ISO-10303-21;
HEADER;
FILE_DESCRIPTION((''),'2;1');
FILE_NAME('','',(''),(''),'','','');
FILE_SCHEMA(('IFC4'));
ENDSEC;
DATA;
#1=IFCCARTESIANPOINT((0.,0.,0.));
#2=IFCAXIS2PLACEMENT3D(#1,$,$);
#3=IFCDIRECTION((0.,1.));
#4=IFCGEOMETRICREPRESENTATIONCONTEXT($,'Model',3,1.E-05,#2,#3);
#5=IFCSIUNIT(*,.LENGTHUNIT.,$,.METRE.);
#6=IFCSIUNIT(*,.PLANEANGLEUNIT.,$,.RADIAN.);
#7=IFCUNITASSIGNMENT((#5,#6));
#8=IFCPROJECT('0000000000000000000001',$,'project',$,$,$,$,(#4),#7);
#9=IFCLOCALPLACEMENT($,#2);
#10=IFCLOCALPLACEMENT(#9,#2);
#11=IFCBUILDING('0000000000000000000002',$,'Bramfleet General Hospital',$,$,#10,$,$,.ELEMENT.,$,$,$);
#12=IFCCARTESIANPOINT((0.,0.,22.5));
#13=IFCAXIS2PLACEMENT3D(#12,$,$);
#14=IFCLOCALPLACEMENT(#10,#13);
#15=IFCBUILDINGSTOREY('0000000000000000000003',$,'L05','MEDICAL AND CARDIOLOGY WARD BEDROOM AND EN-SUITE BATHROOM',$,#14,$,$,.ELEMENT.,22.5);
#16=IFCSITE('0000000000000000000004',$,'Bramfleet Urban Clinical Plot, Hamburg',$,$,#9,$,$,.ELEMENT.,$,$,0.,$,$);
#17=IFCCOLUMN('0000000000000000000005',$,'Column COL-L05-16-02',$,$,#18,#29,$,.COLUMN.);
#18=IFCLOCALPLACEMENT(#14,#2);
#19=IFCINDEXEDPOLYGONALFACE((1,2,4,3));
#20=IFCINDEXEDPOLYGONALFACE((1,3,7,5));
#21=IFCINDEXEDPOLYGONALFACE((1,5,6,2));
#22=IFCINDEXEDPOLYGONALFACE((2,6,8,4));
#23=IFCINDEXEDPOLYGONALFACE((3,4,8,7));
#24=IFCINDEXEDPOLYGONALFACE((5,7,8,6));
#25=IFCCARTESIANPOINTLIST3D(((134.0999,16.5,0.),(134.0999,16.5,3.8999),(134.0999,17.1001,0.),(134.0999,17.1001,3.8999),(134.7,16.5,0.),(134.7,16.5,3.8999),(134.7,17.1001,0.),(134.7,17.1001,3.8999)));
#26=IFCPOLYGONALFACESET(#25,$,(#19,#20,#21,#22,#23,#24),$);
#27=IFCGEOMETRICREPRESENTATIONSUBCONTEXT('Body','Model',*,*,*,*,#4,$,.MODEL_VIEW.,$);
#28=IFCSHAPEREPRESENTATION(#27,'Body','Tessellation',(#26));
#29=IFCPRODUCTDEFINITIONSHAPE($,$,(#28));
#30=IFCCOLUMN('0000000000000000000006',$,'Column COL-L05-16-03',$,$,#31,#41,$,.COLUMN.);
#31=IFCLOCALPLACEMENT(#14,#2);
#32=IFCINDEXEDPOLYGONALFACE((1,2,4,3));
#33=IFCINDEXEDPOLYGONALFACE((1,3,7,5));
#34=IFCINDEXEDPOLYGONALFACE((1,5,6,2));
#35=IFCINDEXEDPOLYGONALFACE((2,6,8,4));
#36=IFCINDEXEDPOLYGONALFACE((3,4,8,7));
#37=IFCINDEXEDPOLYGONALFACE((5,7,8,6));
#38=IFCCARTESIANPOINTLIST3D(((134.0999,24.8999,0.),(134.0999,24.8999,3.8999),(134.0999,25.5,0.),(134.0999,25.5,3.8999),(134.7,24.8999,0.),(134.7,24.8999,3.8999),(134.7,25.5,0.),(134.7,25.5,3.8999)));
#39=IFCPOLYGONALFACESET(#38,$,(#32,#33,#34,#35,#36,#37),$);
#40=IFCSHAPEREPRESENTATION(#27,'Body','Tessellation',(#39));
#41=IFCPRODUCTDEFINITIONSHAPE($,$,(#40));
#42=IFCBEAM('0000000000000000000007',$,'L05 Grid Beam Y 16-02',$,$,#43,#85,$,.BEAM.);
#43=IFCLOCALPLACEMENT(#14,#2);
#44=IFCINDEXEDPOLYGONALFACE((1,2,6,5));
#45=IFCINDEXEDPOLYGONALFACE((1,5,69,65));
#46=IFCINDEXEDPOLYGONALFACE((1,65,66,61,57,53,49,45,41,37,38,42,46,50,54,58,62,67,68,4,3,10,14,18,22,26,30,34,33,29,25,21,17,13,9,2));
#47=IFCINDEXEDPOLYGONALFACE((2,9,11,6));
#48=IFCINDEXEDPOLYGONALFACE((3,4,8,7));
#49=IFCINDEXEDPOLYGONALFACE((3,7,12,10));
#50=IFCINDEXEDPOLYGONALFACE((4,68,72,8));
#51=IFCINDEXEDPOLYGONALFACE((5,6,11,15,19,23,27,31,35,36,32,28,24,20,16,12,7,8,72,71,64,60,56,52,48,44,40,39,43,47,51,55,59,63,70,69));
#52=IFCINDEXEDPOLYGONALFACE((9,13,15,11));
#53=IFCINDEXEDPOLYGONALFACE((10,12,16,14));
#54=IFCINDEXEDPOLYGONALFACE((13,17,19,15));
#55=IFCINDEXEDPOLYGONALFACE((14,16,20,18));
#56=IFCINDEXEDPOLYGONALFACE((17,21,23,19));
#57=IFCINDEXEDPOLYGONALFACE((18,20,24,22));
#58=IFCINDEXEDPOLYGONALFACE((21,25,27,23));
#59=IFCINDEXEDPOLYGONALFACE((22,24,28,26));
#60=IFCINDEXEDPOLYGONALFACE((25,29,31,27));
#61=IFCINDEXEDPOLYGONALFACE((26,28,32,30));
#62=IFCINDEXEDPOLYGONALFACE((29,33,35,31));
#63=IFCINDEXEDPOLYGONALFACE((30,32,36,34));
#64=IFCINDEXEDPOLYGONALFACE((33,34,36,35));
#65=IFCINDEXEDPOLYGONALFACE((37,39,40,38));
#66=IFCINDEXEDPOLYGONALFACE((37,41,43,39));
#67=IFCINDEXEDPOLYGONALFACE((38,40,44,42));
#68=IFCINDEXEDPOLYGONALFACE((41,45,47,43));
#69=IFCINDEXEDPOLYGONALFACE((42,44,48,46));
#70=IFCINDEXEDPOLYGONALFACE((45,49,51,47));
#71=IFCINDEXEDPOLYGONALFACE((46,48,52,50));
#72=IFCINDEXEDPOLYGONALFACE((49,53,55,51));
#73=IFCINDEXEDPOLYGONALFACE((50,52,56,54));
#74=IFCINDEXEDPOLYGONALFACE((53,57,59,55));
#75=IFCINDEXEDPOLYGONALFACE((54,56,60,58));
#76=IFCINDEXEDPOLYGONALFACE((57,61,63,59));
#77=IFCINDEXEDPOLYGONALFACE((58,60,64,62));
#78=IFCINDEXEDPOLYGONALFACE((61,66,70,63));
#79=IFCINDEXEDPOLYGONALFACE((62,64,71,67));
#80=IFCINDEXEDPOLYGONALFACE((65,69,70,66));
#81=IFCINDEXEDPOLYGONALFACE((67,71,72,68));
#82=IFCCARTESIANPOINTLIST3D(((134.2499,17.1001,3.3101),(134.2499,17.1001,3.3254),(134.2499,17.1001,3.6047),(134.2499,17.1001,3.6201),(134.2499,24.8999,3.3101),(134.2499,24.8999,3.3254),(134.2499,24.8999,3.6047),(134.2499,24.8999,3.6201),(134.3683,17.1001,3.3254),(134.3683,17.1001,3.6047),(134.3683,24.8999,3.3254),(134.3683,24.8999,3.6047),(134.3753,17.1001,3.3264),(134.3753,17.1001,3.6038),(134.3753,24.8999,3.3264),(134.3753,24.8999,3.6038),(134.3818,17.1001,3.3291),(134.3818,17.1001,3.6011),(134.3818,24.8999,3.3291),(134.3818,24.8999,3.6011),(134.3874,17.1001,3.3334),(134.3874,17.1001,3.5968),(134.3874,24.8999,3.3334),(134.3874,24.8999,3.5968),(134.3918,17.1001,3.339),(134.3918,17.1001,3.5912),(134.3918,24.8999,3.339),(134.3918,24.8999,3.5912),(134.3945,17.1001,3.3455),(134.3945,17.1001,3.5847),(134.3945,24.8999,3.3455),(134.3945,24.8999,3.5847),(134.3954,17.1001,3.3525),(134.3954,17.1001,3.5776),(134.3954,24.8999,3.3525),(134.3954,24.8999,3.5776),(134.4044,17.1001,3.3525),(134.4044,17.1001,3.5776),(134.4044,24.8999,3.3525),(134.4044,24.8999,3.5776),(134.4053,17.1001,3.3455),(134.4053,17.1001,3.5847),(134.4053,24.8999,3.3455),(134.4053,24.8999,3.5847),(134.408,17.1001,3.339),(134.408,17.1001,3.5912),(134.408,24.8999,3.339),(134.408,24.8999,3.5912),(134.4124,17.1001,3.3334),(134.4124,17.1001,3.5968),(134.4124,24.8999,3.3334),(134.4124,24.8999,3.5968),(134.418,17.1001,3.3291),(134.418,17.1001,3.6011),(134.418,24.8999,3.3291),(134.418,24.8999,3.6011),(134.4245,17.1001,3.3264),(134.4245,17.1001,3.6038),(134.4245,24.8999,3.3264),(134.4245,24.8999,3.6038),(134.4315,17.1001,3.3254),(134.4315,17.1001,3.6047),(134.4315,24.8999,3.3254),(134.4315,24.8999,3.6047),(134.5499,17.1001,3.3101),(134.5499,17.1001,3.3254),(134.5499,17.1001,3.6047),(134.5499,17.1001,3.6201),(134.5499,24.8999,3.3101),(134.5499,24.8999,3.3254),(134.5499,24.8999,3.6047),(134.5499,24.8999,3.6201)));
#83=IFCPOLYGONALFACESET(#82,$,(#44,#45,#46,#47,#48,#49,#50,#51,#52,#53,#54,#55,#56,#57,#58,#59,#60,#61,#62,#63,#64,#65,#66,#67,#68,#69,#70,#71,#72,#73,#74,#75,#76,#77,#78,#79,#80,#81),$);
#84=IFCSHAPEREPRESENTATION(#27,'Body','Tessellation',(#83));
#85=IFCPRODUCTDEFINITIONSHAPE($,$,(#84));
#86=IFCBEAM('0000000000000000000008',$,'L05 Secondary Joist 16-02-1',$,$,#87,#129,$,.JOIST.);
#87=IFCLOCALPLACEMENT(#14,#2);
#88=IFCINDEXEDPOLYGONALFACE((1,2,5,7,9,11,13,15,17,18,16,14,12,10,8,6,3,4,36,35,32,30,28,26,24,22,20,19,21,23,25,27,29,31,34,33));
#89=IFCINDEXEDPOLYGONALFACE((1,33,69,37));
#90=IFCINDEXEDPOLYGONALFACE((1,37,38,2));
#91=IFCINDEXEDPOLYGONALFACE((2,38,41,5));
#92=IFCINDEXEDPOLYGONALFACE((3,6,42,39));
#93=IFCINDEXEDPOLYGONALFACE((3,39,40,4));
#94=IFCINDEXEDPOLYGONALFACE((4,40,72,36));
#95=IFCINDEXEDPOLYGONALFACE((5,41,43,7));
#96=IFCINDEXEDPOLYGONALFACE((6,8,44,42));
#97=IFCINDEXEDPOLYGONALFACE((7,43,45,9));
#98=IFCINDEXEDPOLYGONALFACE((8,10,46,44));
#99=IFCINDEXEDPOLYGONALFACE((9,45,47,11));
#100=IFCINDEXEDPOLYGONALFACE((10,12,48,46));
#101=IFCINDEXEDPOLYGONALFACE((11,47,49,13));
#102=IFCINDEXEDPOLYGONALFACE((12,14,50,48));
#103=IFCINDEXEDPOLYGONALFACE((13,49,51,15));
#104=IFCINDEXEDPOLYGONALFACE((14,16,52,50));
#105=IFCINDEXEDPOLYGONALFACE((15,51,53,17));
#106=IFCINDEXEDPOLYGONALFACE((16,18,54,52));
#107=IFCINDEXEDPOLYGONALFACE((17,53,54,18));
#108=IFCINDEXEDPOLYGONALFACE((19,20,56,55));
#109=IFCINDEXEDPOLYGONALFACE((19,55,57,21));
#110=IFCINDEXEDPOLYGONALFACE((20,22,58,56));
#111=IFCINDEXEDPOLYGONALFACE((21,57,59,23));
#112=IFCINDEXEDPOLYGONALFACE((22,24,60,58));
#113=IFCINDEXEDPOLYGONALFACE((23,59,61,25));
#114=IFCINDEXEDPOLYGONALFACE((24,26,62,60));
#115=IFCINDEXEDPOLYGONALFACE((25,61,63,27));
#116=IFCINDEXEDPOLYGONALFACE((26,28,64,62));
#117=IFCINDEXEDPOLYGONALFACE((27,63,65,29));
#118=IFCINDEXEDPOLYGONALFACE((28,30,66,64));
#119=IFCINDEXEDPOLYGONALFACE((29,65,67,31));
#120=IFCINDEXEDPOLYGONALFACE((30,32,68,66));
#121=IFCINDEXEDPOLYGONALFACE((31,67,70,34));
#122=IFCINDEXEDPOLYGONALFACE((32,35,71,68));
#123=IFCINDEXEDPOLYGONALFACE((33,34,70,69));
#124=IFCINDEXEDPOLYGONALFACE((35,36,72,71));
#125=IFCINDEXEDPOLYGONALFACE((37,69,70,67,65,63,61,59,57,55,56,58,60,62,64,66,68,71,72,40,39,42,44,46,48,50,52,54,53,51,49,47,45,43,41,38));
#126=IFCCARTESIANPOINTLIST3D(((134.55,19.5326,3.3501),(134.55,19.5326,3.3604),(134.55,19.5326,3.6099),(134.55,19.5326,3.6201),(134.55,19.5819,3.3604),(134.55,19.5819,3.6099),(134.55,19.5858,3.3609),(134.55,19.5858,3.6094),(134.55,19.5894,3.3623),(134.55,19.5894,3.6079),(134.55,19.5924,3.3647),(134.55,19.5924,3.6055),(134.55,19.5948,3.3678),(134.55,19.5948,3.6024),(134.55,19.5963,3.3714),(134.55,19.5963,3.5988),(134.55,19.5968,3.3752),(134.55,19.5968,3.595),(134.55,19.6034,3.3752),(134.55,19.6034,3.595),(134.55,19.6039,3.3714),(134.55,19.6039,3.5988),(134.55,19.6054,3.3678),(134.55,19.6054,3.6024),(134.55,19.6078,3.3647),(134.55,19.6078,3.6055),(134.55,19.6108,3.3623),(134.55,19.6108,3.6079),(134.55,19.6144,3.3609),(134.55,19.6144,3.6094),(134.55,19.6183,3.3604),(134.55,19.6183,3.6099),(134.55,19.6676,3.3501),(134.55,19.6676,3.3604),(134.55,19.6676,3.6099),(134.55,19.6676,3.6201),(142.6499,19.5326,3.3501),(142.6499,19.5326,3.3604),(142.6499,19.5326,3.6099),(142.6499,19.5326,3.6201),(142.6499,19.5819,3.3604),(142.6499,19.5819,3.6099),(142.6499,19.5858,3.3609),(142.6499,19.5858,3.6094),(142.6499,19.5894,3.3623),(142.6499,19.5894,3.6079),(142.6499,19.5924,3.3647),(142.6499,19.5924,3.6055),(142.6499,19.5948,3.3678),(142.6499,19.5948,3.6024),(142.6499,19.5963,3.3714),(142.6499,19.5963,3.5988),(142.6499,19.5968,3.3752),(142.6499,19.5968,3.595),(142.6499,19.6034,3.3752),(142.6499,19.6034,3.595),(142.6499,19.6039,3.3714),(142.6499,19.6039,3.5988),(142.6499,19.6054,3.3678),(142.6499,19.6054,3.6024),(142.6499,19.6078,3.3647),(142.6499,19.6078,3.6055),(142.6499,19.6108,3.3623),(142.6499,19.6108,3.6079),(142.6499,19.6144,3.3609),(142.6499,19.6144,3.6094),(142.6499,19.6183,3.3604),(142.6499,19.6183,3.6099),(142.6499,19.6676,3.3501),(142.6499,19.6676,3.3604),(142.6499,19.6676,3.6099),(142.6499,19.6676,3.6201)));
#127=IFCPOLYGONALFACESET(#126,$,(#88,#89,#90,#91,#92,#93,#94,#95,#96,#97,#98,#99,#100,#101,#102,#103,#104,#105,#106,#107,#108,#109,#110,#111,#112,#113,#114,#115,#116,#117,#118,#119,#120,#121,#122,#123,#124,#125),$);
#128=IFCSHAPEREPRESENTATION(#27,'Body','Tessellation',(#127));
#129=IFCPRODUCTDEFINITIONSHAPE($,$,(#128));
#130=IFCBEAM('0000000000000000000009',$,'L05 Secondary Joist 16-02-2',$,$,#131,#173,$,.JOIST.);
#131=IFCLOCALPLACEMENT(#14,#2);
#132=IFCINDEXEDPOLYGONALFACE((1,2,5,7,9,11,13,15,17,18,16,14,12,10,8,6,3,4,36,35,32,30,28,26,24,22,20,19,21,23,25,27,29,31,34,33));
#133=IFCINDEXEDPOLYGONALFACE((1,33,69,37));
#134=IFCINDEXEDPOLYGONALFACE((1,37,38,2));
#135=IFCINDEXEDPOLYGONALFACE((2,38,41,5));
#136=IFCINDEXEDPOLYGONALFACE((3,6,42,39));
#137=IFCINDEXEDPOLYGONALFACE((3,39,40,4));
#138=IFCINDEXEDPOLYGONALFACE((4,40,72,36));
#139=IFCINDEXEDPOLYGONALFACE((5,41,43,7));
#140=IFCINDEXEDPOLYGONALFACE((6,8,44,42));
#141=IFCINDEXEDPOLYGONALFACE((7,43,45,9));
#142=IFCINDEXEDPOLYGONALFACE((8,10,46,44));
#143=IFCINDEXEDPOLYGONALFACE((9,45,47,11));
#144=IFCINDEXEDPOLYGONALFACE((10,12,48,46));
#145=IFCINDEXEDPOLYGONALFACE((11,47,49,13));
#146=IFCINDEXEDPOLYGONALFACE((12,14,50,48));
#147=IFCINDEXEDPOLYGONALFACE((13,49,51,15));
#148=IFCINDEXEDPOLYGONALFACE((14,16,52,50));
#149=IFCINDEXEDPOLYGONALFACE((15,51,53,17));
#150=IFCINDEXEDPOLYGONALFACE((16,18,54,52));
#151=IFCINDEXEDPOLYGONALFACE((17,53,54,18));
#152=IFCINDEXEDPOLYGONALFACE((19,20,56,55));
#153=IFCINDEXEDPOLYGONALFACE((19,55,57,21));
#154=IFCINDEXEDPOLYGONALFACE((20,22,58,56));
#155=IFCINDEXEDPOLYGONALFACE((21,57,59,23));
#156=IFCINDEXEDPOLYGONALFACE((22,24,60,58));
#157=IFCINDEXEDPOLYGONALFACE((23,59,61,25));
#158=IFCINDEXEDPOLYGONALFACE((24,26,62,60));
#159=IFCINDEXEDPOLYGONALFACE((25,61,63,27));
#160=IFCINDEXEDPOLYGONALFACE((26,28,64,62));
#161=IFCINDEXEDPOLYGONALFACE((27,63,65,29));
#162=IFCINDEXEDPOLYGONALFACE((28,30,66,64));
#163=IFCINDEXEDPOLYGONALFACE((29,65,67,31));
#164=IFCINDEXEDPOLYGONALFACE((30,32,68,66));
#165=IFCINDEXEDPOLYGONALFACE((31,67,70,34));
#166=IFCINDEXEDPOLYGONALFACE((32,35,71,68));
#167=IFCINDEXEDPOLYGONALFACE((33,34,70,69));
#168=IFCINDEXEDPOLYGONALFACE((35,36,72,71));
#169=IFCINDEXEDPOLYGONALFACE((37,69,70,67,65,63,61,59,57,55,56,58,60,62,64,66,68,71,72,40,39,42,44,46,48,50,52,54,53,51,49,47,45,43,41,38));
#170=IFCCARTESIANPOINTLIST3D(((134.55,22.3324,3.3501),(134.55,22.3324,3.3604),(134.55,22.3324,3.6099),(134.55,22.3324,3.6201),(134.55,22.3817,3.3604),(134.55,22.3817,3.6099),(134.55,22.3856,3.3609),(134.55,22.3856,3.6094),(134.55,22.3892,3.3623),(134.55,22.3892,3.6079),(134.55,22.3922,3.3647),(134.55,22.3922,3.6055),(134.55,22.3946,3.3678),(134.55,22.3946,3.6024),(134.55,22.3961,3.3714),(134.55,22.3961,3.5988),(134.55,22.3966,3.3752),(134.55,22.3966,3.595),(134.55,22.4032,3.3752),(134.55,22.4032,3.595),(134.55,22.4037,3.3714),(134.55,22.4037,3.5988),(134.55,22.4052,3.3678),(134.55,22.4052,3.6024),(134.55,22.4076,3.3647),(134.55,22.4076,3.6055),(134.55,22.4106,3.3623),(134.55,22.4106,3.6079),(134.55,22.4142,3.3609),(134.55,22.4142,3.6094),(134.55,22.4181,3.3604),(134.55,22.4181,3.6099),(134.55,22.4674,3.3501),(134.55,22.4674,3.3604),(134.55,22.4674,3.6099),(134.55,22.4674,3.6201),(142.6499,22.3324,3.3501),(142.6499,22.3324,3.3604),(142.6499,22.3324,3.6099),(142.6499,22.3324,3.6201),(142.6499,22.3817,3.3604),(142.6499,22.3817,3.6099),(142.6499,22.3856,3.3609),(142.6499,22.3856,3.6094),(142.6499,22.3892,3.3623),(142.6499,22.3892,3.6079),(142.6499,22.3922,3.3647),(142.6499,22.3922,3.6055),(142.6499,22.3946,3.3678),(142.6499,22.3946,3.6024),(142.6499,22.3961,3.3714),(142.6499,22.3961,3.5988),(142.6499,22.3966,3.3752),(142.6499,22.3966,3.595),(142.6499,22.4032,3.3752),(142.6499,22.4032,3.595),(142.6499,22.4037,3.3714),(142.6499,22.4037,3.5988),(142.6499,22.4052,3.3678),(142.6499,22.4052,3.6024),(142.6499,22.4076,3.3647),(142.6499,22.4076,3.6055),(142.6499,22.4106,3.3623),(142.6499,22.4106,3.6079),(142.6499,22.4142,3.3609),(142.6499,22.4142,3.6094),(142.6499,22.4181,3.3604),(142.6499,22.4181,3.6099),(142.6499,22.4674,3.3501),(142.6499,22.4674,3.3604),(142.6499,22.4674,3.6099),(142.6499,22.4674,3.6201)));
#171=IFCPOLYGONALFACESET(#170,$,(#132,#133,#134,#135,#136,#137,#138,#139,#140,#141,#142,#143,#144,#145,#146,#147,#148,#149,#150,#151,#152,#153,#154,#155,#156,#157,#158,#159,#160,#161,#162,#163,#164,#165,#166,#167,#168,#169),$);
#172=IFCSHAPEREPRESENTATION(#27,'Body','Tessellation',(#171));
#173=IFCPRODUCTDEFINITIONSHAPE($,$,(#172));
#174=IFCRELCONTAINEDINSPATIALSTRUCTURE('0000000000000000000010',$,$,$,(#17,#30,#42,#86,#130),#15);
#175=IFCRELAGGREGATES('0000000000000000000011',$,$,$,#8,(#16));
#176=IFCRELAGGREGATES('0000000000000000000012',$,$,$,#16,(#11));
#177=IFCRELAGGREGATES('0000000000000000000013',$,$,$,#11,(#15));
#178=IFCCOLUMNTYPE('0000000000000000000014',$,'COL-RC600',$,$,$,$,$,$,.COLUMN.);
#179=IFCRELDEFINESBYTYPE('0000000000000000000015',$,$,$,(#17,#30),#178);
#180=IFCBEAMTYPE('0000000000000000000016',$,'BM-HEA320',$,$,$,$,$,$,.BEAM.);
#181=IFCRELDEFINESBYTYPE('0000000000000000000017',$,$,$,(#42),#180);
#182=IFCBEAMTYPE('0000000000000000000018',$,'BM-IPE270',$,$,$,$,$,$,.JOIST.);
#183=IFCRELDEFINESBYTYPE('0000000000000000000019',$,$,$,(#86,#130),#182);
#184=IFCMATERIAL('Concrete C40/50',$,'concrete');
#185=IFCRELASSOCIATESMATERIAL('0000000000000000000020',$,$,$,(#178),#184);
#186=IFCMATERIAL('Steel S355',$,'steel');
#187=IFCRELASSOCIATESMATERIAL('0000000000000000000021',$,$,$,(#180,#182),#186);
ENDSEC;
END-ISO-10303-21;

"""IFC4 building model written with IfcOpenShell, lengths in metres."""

from ifc_helpers import new_model, si_unit, direction, frame, origin, origin_2d, place, context, subcontext, project, spatial, rectangle, i_section, extrude, material, material_profile, profile_set, type_object, element, save


model = new_model("IFC4")

# Units and contexts
model_context = context("Model", 3, precision=1e-05, world=origin(), true_north=direction((0.0, 1.0)))
body_context = subcontext(model_context, "Body", "Model", "MODEL_VIEW")
ifc_project = project(units=[si_unit("LENGTHUNIT", "METRE"), si_unit("PLANEANGLEUNIT", "RADIAN")], contexts=[model_context])

# Site, building, storey
site_placement = place(None, origin())
site = spatial("IfcSite", under=ifc_project, at=site_placement, Name="Bramfleet Urban Clinical Plot, Hamburg", CompositionType="ELEMENT", RefElevation=0.0)
building_placement = place(site_placement, origin())
building = spatial("IfcBuilding", under=site, at=building_placement, Name="Bramfleet General Hospital", CompositionType="ELEMENT")
storey_placement = place(building_placement, frame((0.0, 0.0, 22.5)))
storey = spatial("IfcBuildingStorey", under=building, at=storey_placement, Name="L05", Description="MEDICAL AND CARDIOLOGY WARD BEDROOM AND EN-SUITE BATHROOM", CompositionType="ELEMENT", Elevation=22.5)

# Columns
ifc_material_1 = material(Name="Concrete C40/50", Category="concrete")
ifc_material_profile_1 = material_profile(ifc_material_1, rectangle(XDim=0.6001, YDim=0.6001, at=origin_2d()), Name="RC COL 600x600")
ifc_profile_set_1 = profile_set([ifc_material_profile_1], Name="Concrete C40/50")
column_type = type_object("IfcColumnType", Name="COL-RC600", PredefinedType="COLUMN", material=ifc_profile_set_1)
for number, where, z_axis, x_axis, name in (
    (1, (134.3999, 16.8, 0.0), (0.0, 0.0, 1.0), (1.0, 0.0, 0.0), "Column COL-L05-16-02"),
    (2, (134.3999, 25.2, 0.0), (0.0, 0.0, 1.0), (1.0, 0.0, 0.0), "Column COL-L05-16-03"),
):
    element("IfcColumn", number, at=place(storey_placement, frame(where, z_axis=z_axis, x_axis=x_axis)), inside=storey, type_object=column_type, Name=name, PredefinedType="COLUMN", context=body_context, shape_type="SweptSolid", body=[
        extrude(rectangle(XDim=0.6001, YDim=0.6001, at=origin_2d()), origin(), (0.0, 0.0, 1.0), 3.8999),
    ])

# Beams
ifc_material_2 = material(Name="Steel S355", Category="steel")
ifc_material_profile_2 = material_profile(ifc_material_2, i_section(OverallWidth=0.3, OverallDepth=0.3101, WebThickness=0.009, FlangeThickness=0.0154, FilletRadius=0.0271, at=origin_2d()), Name="HEA 320")
ifc_profile_set_2 = profile_set([ifc_material_profile_2], Name="Steel S355")
beam_type_1 = type_object("IfcBeamType", Name="BM-HEA320", PredefinedType="BEAM", material=ifc_profile_set_2)
beam_1_placement = place(storey_placement, frame((134.3999, 17.1001, 3.4651), z_axis=(0.0, 1.0, 0.0), x_axis=(-1.0, 0.0, 0.0)))
element("IfcBeam", 3, at=beam_1_placement, inside=storey, type_object=beam_type_1, Name="L05 Grid Beam Y 16-02", PredefinedType="BEAM", context=body_context, shape_type="SweptSolid", body=[
    extrude(i_section(OverallWidth=0.3, OverallDepth=0.3101, WebThickness=0.009, FlangeThickness=0.0154, FilletRadius=0.0271, at=origin_2d()), origin(), (0.0, 0.0, 1.0), 7.7998),
])
ifc_material_profile_3 = material_profile(ifc_material_2, i_section(OverallWidth=0.135, OverallDepth=0.27, WebThickness=0.0066, FlangeThickness=0.0103, FilletRadius=0.0149, at=origin_2d()), Name="IPE 270")
ifc_profile_set_3 = profile_set([ifc_material_profile_3], Name="Steel S355")
beam_type_2 = type_object("IfcBeamType", Name="BM-IPE270", PredefinedType="JOIST", material=ifc_profile_set_3)
for number, where, z_axis, x_axis, name in (
    (4, (134.55, 19.6001, 3.4851), (1.0, 0.0, 0.0), (0.0, 1.0, 0.0), "L05 Secondary Joist 16-02-1"),
    (5, (134.55, 22.3999, 3.4851), (1.0, 0.0, 0.0), (0.0, 1.0, 0.0), "L05 Secondary Joist 16-02-2"),
):
    element("IfcBeam", number, at=place(storey_placement, frame(where, z_axis=z_axis, x_axis=x_axis)), inside=storey, type_object=beam_type_2, Name=name, PredefinedType="JOIST", context=body_context, shape_type="SweptSolid", body=[
        extrude(i_section(OverallWidth=0.135, OverallDepth=0.27, WebThickness=0.0066, FlangeThickness=0.0103, FilletRadius=0.0149, at=origin_2d()), origin(), (0.0, 0.0, 1.0), 8.0999),
    ])

save(model, "model.ifc")
